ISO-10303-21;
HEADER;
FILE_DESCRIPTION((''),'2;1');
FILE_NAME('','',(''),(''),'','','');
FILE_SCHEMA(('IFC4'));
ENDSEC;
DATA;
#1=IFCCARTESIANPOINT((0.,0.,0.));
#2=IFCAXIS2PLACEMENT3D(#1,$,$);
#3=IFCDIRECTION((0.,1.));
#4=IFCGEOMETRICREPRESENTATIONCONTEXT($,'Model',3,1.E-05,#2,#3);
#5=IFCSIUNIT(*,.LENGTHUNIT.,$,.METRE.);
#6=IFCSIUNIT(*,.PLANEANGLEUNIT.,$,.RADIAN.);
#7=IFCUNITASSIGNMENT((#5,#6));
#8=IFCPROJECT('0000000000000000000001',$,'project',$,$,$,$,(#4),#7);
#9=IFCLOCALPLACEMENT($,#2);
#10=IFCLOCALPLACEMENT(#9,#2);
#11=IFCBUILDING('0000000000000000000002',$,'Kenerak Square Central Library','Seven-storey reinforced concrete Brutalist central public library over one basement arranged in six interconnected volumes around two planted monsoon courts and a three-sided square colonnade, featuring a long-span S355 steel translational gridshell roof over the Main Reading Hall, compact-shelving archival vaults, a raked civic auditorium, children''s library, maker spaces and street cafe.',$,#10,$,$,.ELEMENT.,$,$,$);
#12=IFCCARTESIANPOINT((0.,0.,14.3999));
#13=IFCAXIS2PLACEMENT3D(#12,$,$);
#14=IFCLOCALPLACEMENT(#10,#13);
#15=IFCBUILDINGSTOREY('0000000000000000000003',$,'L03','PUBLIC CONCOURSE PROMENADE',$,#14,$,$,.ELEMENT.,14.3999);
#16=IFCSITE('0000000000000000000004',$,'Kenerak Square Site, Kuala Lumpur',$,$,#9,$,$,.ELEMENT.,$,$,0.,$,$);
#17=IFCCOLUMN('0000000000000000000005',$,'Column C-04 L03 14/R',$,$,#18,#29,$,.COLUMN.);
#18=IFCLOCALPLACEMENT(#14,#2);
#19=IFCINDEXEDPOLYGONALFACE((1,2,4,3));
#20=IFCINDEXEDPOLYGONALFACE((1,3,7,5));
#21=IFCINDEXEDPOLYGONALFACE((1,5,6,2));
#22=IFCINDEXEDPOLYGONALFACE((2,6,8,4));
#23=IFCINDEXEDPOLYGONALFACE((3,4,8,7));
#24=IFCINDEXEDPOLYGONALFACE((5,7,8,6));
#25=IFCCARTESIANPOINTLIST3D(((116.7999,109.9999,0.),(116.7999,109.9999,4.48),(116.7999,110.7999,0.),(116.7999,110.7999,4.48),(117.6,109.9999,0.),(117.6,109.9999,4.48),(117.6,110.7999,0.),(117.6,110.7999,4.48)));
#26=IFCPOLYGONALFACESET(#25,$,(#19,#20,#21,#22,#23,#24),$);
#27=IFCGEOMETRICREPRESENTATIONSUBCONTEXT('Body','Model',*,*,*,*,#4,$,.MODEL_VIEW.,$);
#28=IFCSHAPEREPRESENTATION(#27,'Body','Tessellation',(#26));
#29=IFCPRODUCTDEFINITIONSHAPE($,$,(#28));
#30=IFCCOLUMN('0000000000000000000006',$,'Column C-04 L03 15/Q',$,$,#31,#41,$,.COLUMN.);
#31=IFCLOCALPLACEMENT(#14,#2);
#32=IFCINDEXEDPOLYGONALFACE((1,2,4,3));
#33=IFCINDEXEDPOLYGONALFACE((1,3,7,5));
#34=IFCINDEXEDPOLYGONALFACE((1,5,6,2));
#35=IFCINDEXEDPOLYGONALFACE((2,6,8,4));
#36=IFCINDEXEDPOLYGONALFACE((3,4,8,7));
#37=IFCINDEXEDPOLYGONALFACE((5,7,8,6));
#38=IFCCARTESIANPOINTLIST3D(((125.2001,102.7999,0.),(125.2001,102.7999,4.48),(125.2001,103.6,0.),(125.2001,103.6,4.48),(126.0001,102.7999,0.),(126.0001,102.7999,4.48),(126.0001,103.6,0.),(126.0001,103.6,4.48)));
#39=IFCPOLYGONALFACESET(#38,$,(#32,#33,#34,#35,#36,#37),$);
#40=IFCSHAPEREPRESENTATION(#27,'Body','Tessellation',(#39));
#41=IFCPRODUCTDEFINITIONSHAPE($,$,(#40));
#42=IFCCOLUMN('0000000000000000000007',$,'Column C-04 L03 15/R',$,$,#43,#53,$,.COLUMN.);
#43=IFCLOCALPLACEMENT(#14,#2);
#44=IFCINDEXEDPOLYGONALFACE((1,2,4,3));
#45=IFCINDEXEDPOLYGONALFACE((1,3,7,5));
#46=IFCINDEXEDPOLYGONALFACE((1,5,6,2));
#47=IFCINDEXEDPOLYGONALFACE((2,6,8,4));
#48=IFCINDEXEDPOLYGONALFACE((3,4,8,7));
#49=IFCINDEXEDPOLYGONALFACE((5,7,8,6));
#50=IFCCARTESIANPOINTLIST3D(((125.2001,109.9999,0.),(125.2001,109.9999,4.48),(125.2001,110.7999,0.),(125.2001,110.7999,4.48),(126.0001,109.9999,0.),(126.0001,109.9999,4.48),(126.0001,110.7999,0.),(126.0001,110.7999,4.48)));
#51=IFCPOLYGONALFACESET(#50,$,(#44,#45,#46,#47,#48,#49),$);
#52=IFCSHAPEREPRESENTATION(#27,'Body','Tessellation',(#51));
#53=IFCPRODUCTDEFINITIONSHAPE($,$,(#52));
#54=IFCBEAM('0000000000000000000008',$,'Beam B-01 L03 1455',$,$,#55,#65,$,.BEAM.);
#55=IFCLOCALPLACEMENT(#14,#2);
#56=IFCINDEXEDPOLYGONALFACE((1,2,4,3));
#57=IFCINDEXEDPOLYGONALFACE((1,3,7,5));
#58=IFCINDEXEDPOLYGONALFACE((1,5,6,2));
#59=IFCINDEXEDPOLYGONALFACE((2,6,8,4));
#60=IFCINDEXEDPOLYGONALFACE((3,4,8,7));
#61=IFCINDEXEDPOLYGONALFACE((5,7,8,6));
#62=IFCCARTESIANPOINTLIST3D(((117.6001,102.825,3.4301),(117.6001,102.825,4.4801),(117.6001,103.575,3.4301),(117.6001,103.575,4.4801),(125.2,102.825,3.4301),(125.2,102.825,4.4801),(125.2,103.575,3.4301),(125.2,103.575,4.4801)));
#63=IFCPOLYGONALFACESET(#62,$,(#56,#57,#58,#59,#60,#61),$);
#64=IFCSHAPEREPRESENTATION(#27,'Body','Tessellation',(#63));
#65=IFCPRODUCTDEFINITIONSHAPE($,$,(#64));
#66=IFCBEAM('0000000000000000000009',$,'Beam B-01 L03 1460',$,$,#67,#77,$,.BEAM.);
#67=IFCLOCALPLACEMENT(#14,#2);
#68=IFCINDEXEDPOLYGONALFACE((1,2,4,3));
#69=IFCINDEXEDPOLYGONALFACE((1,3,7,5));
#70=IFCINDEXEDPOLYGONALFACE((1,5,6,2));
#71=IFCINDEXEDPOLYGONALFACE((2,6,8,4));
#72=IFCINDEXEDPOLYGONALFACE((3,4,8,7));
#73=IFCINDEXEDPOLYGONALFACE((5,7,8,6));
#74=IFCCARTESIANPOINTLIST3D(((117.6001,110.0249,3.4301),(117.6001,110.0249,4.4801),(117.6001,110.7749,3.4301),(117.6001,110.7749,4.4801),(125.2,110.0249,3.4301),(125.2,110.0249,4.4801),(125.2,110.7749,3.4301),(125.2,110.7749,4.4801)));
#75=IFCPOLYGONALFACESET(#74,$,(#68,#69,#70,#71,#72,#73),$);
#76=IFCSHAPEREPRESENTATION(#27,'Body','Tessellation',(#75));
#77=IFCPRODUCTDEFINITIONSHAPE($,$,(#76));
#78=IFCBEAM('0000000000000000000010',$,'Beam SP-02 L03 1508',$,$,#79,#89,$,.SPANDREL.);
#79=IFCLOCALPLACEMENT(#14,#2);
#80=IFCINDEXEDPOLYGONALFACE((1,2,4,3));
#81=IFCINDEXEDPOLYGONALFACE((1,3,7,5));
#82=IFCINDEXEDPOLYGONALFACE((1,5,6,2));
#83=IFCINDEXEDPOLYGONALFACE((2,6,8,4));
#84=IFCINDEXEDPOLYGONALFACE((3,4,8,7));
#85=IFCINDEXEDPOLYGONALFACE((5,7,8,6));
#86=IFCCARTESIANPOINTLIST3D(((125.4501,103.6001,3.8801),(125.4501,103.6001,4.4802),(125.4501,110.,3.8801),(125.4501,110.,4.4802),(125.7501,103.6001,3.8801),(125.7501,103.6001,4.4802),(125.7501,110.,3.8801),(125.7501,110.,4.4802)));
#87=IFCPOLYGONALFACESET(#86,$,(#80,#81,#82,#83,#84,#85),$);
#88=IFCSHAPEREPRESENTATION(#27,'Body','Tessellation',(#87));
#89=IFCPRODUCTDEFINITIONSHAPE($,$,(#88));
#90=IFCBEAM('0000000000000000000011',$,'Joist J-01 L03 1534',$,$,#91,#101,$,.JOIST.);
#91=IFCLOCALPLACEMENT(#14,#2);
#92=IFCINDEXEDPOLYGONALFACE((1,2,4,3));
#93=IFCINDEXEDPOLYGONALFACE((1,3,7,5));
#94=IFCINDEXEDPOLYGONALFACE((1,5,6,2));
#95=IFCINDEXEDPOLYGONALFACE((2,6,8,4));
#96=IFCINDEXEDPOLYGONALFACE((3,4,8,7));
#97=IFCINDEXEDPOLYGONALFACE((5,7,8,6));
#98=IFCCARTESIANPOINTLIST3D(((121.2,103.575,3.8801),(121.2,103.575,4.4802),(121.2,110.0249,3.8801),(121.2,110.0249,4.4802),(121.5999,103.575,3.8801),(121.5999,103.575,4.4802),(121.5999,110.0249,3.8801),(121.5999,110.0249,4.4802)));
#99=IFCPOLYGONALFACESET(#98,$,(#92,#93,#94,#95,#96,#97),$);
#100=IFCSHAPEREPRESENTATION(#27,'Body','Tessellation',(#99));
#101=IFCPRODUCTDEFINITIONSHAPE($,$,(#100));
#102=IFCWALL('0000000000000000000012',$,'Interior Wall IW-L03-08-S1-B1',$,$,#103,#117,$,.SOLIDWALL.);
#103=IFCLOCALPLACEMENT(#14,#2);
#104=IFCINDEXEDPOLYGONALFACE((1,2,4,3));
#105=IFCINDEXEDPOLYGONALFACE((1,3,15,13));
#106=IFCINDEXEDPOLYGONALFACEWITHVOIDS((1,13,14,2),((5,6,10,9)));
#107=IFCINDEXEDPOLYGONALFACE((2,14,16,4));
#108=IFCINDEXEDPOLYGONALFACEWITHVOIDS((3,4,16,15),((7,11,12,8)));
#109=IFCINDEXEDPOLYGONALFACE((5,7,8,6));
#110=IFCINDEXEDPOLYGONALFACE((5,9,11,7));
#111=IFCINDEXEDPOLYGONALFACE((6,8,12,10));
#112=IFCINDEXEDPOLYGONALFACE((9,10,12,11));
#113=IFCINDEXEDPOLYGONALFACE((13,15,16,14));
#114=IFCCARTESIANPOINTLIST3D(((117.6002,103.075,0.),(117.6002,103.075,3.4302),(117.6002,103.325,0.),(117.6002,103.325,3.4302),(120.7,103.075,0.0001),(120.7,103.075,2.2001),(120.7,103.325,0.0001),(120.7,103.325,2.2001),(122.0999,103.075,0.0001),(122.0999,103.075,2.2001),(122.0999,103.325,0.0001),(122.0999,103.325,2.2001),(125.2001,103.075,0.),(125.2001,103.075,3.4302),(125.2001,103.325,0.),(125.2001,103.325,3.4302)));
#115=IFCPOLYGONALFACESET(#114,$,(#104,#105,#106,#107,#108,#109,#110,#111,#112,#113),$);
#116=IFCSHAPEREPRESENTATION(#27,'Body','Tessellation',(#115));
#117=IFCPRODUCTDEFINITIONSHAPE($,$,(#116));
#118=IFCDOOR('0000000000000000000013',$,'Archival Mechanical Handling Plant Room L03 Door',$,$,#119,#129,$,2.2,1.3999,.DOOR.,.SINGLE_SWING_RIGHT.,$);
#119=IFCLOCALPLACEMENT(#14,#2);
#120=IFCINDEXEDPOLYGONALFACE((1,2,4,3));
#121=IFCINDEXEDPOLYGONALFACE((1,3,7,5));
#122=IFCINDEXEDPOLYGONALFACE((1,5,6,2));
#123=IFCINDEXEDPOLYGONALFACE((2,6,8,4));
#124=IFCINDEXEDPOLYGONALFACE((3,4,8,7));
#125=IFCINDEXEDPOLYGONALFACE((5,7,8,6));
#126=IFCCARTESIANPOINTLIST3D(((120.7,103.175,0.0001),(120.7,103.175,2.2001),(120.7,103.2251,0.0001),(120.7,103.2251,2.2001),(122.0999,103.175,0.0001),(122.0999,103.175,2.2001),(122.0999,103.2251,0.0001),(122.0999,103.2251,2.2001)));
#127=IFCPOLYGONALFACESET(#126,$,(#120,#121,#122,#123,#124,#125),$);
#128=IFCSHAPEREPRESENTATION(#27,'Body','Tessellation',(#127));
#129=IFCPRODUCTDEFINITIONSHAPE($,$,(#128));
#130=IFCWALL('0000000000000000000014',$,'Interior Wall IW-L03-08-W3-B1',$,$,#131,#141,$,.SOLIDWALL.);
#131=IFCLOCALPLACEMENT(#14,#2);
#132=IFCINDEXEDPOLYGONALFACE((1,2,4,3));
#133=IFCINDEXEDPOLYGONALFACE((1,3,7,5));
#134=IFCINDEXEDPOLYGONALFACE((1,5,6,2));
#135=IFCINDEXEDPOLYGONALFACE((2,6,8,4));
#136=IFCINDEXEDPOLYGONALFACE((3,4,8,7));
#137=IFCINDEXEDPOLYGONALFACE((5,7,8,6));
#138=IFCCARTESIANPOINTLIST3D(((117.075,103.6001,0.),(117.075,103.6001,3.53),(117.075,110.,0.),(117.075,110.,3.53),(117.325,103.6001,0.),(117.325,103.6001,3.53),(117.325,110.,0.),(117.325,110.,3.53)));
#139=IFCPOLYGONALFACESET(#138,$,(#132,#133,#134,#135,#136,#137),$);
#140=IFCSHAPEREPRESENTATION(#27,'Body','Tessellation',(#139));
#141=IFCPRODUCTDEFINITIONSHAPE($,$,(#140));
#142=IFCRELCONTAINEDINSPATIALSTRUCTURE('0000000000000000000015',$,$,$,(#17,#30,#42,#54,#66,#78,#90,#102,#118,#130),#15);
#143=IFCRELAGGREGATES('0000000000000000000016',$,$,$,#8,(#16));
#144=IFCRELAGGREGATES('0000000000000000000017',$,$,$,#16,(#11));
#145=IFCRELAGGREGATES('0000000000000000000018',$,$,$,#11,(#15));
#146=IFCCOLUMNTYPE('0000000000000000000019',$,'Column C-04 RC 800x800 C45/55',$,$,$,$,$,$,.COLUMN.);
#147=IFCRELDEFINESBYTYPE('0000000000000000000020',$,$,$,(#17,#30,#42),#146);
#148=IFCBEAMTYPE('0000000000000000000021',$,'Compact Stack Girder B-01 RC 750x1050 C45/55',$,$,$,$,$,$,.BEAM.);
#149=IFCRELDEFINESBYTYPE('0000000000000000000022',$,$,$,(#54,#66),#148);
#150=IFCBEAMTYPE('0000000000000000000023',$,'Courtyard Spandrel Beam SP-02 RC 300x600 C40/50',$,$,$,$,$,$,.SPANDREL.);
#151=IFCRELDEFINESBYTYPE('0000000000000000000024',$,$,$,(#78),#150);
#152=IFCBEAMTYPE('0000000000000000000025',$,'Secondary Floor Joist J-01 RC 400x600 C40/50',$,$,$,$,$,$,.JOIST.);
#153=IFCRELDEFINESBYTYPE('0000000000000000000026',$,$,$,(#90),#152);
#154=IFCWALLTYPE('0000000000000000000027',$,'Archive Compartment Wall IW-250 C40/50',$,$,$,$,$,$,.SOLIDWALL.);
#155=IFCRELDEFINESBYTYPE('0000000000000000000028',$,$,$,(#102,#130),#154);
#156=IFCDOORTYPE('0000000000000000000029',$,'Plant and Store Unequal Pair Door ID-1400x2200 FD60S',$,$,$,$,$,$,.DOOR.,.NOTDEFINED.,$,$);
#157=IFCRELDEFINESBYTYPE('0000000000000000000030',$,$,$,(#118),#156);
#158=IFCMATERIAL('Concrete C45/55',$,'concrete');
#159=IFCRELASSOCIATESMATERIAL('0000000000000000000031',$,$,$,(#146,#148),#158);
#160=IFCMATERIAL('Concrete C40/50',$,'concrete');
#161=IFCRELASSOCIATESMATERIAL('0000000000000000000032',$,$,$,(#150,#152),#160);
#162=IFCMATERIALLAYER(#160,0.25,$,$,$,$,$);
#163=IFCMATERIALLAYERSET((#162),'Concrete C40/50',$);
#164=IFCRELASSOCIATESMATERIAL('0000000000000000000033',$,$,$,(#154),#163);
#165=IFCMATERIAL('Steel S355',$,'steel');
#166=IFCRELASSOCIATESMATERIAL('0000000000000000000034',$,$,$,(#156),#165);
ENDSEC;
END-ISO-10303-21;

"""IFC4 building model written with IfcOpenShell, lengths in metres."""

from ifc_helpers import new_model, si_unit, direction, frame, frame_2d, origin, origin_2d, place, context, subcontext, project, spatial, rectangle, extrude, material, layer, layer_set, material_profile, profile_set, type_object, element, fill, save


model = new_model("IFC4")

# Units and contexts
model_context = context("Model", 3, precision=1e-05, world=origin(), true_north=direction((0.0, 1.0)))
body_context = subcontext(model_context, "Body", "Model", "MODEL_VIEW")
ifc_project = project(units=[si_unit("LENGTHUNIT", "METRE"), si_unit("PLANEANGLEUNIT", "RADIAN")], contexts=[model_context])

# Site, building, storey
site_placement = place(None, origin())
site = spatial("IfcSite", under=ifc_project, at=site_placement, Name="Kenerak Square Site, Kuala Lumpur", CompositionType="ELEMENT", RefElevation=0.0)
building_placement = place(site_placement, origin())
building = spatial("IfcBuilding", under=site, at=building_placement, Name="Kenerak Square Central Library", Description="Seven-storey reinforced concrete Brutalist central public library over one basement arranged in six interconnected volumes around two planted monsoon courts and a three-sided square colonnade, featuring a long-span S355 steel translational gridshell roof over the Main Reading Hall, compact-shelving archival vaults, a raked civic auditorium, children's library, maker spaces and street cafe.", CompositionType="ELEMENT")
storey_placement = place(building_placement, frame((0.0, 0.0, 14.3999)))
storey = spatial("IfcBuildingStorey", under=building, at=storey_placement, Name="L03", Description="PUBLIC CONCOURSE PROMENADE", CompositionType="ELEMENT", Elevation=14.3999)

# Columns
ifc_material_1 = material(Name="Concrete C45/55", Category="concrete")
ifc_material_profile_1 = material_profile(ifc_material_1, rectangle(XDim=0.8, YDim=0.8, at=origin_2d()), Name="RC 800x800")
ifc_profile_set_1 = profile_set([ifc_material_profile_1], Name="Concrete C45/55")
column_type = type_object("IfcColumnType", Name="Column C-04 RC 800x800 C45/55", PredefinedType="COLUMN", material=ifc_profile_set_1)
for number, where, z_axis, x_axis, name in (
    (1, (117.2, 110.3999, 0.0), (0.0, 0.0, 1.0), (1.0, 0.0, 0.0), "Column C-04 L03 14/R"),
    (2, (125.6001, 103.2, 0.0), (0.0, 0.0, 1.0), (1.0, 0.0, 0.0), "Column C-04 L03 15/Q"),
    (3, (125.6001, 110.3999, 0.0), (0.0, 0.0, 1.0), (1.0, 0.0, 0.0), "Column C-04 L03 15/R"),
):
    element("IfcColumn", number, at=place(storey_placement, frame(where, z_axis=z_axis, x_axis=x_axis)), inside=storey, type_object=column_type, Name=name, PredefinedType="COLUMN", context=body_context, shape_type="SweptSolid", body=[
        extrude(rectangle(XDim=0.8, YDim=0.8, at=origin_2d()), origin(), (0.0, 0.0, 1.0), 4.48),
    ])

# Beams
ifc_material_profile_2 = material_profile(ifc_material_1, rectangle(XDim=0.75, YDim=1.05, at=origin_2d()), Name="RC 750x1050")
ifc_profile_set_2 = profile_set([ifc_material_profile_2], Name="Concrete C45/55")
beam_type_1 = type_object("IfcBeamType", Name="Compact Stack Girder B-01 RC 750x1050 C45/55", PredefinedType="BEAM", material=ifc_profile_set_2)
for number, where, z_axis, x_axis, name in (
    (4, (117.6001, 103.2, 3.9551), (1.0, 0.0, 0.0), (0.0, 1.0, 0.0), "Beam B-01 L03 1455"),
    (5, (117.6001, 110.3999, 3.9551), (1.0, 0.0, 0.0), (0.0, 1.0, 0.0), "Beam B-01 L03 1460"),
):
    element("IfcBeam", number, at=place(storey_placement, frame(where, z_axis=z_axis, x_axis=x_axis)), inside=storey, type_object=beam_type_1, Name=name, PredefinedType="BEAM", context=body_context, shape_type="SweptSolid", body=[
        extrude(rectangle(XDim=0.75, YDim=1.05, at=origin_2d()), origin(), (0.0, 0.0, 1.0), 7.5999),
    ])
ifc_material_2 = material(Name="Concrete C40/50", Category="concrete")
ifc_material_profile_3 = material_profile(ifc_material_2, rectangle(XDim=0.3, YDim=0.6001, at=origin_2d()), Name="RC 300x600")
ifc_profile_set_3 = profile_set([ifc_material_profile_3], Name="Concrete C40/50")
beam_type_2 = type_object("IfcBeamType", Name="Courtyard Spandrel Beam SP-02 RC 300x600 C40/50", PredefinedType="SPANDREL", material=ifc_profile_set_3)
beam_1_placement = place(storey_placement, frame((125.6001, 103.6001, 4.1802), z_axis=(0.0, 1.0, 0.0), x_axis=(-1.0, 0.0, 0.0)))
element("IfcBeam", 6, at=beam_1_placement, inside=storey, type_object=beam_type_2, Name="Beam SP-02 L03 1508", PredefinedType="SPANDREL", context=body_context, shape_type="SweptSolid", body=[
    extrude(rectangle(XDim=0.3, YDim=0.6001, at=origin_2d()), origin(), (0.0, 0.0, 1.0), 6.3999),
])
ifc_material_profile_4 = material_profile(ifc_material_2, rectangle(XDim=0.3999, YDim=0.6001, at=origin_2d()), Name="RC 400x600")
ifc_profile_set_4 = profile_set([ifc_material_profile_4], Name="Concrete C40/50")
beam_type_3 = type_object("IfcBeamType", Name="Secondary Floor Joist J-01 RC 400x600 C40/50", PredefinedType="JOIST", material=ifc_profile_set_4)
beam_2_placement = place(storey_placement, frame((121.3999, 103.575, 4.1802), z_axis=(0.0, 1.0, 0.0), x_axis=(-1.0, 0.0, 0.0)))
element("IfcBeam", 7, at=beam_2_placement, inside=storey, type_object=beam_type_3, Name="Joist J-01 L03 1534", PredefinedType="JOIST", context=body_context, shape_type="SweptSolid", body=[
    extrude(rectangle(XDim=0.3999, YDim=0.6001, at=origin_2d()), origin(), (0.0, 0.0, 1.0), 6.45),
])

# Wall, opening, door
ifc_layer_1 = layer(ifc_material_2, 0.25)
ifc_layer_set_1 = layer_set([ifc_layer_1], Name="Concrete C40/50")
wall_type_1 = type_object("IfcWallType", Name="Archive Compartment Wall IW-250 C40/50", PredefinedType="SOLIDWALL", material=ifc_layer_set_1)
wall_1_placement = place(storey_placement, frame((125.2, 103.2, 0.0), z_axis=(0.0, 0.0, 1.0), x_axis=(-1.0, 0.0, 0.0)))
wall_1 = element("IfcWall", 8, at=wall_1_placement, inside=storey, type_object=wall_type_1, Name="Interior Wall IW-L03-08-S1-B1", PredefinedType="SOLIDWALL", context=body_context, shape_type="SweptSolid", body=[
    extrude(rectangle(XDim=7.5999, YDim=0.25, at=frame_2d((3.7998, 0.0))), origin(), (0.0, 0.0, 1.0), 3.4302),
])
opening_1_placement = place(wall_1_placement, frame((3.1001, 0.0, 0.0)))
opening_1 = element("IfcOpeningElement", 9, at=opening_1_placement, cuts=wall_1, PredefinedType="OPENING", context=body_context, shape_type="SweptSolid", body=[
    extrude(rectangle(XDim=1.3999, YDim=2.2, at=frame_2d((0.7, 1.1001))), frame((0.0, 0.135, 0.0), z_axis=(0.0, -1.0, 0.0), x_axis=(1.0, 0.0, 0.0)), (0.0, 0.0, 1.0), 0.27),
])
ifc_material_3 = material(Name="Steel S355", Category="steel")
door_type = type_object("IfcDoorType", Name="Plant and Store Unequal Pair Door ID-1400x2200 FD60S", OperationType="NOTDEFINED", PredefinedType="DOOR", material=ifc_material_3)
door_placement = place(opening_1_placement, origin())
door = element("IfcDoor", 10, at=door_placement, inside=storey, type_object=door_type, Name="Archival Mechanical Handling Plant Room L03 Door", OperationType="SINGLE_SWING_RIGHT", OverallHeight=2.2, OverallWidth=1.3999, PredefinedType="DOOR", context=body_context, shape_type="SweptSolid", body=[
    extrude(rectangle(XDim=1.3999, YDim=2.2, at=frame_2d((0.7, 1.1001))), frame((0.0, 0.0249, 0.0), z_axis=(0.0, -1.0, 0.0), x_axis=(1.0, 0.0, 0.0)), (0.0, 0.0, 1.0), 0.05),
])
fill(opening_1, door)

# Wall
wall_2_placement = place(storey_placement, frame((117.2, 103.6001, 0.0), z_axis=(0.0, 0.0, 1.0), x_axis=(0.0, 1.0, 0.0)))
element("IfcWall", 11, at=wall_2_placement, inside=storey, type_object=wall_type_1, Name="Interior Wall IW-L03-08-W3-B1", PredefinedType="SOLIDWALL", context=body_context, shape_type="SweptSolid", body=[
    extrude(rectangle(XDim=6.3999, YDim=0.25, at=frame_2d((3.2, 0.0))), origin(), (0.0, 0.0, 1.0), 3.53),
])

save(model, "model.ifc")
